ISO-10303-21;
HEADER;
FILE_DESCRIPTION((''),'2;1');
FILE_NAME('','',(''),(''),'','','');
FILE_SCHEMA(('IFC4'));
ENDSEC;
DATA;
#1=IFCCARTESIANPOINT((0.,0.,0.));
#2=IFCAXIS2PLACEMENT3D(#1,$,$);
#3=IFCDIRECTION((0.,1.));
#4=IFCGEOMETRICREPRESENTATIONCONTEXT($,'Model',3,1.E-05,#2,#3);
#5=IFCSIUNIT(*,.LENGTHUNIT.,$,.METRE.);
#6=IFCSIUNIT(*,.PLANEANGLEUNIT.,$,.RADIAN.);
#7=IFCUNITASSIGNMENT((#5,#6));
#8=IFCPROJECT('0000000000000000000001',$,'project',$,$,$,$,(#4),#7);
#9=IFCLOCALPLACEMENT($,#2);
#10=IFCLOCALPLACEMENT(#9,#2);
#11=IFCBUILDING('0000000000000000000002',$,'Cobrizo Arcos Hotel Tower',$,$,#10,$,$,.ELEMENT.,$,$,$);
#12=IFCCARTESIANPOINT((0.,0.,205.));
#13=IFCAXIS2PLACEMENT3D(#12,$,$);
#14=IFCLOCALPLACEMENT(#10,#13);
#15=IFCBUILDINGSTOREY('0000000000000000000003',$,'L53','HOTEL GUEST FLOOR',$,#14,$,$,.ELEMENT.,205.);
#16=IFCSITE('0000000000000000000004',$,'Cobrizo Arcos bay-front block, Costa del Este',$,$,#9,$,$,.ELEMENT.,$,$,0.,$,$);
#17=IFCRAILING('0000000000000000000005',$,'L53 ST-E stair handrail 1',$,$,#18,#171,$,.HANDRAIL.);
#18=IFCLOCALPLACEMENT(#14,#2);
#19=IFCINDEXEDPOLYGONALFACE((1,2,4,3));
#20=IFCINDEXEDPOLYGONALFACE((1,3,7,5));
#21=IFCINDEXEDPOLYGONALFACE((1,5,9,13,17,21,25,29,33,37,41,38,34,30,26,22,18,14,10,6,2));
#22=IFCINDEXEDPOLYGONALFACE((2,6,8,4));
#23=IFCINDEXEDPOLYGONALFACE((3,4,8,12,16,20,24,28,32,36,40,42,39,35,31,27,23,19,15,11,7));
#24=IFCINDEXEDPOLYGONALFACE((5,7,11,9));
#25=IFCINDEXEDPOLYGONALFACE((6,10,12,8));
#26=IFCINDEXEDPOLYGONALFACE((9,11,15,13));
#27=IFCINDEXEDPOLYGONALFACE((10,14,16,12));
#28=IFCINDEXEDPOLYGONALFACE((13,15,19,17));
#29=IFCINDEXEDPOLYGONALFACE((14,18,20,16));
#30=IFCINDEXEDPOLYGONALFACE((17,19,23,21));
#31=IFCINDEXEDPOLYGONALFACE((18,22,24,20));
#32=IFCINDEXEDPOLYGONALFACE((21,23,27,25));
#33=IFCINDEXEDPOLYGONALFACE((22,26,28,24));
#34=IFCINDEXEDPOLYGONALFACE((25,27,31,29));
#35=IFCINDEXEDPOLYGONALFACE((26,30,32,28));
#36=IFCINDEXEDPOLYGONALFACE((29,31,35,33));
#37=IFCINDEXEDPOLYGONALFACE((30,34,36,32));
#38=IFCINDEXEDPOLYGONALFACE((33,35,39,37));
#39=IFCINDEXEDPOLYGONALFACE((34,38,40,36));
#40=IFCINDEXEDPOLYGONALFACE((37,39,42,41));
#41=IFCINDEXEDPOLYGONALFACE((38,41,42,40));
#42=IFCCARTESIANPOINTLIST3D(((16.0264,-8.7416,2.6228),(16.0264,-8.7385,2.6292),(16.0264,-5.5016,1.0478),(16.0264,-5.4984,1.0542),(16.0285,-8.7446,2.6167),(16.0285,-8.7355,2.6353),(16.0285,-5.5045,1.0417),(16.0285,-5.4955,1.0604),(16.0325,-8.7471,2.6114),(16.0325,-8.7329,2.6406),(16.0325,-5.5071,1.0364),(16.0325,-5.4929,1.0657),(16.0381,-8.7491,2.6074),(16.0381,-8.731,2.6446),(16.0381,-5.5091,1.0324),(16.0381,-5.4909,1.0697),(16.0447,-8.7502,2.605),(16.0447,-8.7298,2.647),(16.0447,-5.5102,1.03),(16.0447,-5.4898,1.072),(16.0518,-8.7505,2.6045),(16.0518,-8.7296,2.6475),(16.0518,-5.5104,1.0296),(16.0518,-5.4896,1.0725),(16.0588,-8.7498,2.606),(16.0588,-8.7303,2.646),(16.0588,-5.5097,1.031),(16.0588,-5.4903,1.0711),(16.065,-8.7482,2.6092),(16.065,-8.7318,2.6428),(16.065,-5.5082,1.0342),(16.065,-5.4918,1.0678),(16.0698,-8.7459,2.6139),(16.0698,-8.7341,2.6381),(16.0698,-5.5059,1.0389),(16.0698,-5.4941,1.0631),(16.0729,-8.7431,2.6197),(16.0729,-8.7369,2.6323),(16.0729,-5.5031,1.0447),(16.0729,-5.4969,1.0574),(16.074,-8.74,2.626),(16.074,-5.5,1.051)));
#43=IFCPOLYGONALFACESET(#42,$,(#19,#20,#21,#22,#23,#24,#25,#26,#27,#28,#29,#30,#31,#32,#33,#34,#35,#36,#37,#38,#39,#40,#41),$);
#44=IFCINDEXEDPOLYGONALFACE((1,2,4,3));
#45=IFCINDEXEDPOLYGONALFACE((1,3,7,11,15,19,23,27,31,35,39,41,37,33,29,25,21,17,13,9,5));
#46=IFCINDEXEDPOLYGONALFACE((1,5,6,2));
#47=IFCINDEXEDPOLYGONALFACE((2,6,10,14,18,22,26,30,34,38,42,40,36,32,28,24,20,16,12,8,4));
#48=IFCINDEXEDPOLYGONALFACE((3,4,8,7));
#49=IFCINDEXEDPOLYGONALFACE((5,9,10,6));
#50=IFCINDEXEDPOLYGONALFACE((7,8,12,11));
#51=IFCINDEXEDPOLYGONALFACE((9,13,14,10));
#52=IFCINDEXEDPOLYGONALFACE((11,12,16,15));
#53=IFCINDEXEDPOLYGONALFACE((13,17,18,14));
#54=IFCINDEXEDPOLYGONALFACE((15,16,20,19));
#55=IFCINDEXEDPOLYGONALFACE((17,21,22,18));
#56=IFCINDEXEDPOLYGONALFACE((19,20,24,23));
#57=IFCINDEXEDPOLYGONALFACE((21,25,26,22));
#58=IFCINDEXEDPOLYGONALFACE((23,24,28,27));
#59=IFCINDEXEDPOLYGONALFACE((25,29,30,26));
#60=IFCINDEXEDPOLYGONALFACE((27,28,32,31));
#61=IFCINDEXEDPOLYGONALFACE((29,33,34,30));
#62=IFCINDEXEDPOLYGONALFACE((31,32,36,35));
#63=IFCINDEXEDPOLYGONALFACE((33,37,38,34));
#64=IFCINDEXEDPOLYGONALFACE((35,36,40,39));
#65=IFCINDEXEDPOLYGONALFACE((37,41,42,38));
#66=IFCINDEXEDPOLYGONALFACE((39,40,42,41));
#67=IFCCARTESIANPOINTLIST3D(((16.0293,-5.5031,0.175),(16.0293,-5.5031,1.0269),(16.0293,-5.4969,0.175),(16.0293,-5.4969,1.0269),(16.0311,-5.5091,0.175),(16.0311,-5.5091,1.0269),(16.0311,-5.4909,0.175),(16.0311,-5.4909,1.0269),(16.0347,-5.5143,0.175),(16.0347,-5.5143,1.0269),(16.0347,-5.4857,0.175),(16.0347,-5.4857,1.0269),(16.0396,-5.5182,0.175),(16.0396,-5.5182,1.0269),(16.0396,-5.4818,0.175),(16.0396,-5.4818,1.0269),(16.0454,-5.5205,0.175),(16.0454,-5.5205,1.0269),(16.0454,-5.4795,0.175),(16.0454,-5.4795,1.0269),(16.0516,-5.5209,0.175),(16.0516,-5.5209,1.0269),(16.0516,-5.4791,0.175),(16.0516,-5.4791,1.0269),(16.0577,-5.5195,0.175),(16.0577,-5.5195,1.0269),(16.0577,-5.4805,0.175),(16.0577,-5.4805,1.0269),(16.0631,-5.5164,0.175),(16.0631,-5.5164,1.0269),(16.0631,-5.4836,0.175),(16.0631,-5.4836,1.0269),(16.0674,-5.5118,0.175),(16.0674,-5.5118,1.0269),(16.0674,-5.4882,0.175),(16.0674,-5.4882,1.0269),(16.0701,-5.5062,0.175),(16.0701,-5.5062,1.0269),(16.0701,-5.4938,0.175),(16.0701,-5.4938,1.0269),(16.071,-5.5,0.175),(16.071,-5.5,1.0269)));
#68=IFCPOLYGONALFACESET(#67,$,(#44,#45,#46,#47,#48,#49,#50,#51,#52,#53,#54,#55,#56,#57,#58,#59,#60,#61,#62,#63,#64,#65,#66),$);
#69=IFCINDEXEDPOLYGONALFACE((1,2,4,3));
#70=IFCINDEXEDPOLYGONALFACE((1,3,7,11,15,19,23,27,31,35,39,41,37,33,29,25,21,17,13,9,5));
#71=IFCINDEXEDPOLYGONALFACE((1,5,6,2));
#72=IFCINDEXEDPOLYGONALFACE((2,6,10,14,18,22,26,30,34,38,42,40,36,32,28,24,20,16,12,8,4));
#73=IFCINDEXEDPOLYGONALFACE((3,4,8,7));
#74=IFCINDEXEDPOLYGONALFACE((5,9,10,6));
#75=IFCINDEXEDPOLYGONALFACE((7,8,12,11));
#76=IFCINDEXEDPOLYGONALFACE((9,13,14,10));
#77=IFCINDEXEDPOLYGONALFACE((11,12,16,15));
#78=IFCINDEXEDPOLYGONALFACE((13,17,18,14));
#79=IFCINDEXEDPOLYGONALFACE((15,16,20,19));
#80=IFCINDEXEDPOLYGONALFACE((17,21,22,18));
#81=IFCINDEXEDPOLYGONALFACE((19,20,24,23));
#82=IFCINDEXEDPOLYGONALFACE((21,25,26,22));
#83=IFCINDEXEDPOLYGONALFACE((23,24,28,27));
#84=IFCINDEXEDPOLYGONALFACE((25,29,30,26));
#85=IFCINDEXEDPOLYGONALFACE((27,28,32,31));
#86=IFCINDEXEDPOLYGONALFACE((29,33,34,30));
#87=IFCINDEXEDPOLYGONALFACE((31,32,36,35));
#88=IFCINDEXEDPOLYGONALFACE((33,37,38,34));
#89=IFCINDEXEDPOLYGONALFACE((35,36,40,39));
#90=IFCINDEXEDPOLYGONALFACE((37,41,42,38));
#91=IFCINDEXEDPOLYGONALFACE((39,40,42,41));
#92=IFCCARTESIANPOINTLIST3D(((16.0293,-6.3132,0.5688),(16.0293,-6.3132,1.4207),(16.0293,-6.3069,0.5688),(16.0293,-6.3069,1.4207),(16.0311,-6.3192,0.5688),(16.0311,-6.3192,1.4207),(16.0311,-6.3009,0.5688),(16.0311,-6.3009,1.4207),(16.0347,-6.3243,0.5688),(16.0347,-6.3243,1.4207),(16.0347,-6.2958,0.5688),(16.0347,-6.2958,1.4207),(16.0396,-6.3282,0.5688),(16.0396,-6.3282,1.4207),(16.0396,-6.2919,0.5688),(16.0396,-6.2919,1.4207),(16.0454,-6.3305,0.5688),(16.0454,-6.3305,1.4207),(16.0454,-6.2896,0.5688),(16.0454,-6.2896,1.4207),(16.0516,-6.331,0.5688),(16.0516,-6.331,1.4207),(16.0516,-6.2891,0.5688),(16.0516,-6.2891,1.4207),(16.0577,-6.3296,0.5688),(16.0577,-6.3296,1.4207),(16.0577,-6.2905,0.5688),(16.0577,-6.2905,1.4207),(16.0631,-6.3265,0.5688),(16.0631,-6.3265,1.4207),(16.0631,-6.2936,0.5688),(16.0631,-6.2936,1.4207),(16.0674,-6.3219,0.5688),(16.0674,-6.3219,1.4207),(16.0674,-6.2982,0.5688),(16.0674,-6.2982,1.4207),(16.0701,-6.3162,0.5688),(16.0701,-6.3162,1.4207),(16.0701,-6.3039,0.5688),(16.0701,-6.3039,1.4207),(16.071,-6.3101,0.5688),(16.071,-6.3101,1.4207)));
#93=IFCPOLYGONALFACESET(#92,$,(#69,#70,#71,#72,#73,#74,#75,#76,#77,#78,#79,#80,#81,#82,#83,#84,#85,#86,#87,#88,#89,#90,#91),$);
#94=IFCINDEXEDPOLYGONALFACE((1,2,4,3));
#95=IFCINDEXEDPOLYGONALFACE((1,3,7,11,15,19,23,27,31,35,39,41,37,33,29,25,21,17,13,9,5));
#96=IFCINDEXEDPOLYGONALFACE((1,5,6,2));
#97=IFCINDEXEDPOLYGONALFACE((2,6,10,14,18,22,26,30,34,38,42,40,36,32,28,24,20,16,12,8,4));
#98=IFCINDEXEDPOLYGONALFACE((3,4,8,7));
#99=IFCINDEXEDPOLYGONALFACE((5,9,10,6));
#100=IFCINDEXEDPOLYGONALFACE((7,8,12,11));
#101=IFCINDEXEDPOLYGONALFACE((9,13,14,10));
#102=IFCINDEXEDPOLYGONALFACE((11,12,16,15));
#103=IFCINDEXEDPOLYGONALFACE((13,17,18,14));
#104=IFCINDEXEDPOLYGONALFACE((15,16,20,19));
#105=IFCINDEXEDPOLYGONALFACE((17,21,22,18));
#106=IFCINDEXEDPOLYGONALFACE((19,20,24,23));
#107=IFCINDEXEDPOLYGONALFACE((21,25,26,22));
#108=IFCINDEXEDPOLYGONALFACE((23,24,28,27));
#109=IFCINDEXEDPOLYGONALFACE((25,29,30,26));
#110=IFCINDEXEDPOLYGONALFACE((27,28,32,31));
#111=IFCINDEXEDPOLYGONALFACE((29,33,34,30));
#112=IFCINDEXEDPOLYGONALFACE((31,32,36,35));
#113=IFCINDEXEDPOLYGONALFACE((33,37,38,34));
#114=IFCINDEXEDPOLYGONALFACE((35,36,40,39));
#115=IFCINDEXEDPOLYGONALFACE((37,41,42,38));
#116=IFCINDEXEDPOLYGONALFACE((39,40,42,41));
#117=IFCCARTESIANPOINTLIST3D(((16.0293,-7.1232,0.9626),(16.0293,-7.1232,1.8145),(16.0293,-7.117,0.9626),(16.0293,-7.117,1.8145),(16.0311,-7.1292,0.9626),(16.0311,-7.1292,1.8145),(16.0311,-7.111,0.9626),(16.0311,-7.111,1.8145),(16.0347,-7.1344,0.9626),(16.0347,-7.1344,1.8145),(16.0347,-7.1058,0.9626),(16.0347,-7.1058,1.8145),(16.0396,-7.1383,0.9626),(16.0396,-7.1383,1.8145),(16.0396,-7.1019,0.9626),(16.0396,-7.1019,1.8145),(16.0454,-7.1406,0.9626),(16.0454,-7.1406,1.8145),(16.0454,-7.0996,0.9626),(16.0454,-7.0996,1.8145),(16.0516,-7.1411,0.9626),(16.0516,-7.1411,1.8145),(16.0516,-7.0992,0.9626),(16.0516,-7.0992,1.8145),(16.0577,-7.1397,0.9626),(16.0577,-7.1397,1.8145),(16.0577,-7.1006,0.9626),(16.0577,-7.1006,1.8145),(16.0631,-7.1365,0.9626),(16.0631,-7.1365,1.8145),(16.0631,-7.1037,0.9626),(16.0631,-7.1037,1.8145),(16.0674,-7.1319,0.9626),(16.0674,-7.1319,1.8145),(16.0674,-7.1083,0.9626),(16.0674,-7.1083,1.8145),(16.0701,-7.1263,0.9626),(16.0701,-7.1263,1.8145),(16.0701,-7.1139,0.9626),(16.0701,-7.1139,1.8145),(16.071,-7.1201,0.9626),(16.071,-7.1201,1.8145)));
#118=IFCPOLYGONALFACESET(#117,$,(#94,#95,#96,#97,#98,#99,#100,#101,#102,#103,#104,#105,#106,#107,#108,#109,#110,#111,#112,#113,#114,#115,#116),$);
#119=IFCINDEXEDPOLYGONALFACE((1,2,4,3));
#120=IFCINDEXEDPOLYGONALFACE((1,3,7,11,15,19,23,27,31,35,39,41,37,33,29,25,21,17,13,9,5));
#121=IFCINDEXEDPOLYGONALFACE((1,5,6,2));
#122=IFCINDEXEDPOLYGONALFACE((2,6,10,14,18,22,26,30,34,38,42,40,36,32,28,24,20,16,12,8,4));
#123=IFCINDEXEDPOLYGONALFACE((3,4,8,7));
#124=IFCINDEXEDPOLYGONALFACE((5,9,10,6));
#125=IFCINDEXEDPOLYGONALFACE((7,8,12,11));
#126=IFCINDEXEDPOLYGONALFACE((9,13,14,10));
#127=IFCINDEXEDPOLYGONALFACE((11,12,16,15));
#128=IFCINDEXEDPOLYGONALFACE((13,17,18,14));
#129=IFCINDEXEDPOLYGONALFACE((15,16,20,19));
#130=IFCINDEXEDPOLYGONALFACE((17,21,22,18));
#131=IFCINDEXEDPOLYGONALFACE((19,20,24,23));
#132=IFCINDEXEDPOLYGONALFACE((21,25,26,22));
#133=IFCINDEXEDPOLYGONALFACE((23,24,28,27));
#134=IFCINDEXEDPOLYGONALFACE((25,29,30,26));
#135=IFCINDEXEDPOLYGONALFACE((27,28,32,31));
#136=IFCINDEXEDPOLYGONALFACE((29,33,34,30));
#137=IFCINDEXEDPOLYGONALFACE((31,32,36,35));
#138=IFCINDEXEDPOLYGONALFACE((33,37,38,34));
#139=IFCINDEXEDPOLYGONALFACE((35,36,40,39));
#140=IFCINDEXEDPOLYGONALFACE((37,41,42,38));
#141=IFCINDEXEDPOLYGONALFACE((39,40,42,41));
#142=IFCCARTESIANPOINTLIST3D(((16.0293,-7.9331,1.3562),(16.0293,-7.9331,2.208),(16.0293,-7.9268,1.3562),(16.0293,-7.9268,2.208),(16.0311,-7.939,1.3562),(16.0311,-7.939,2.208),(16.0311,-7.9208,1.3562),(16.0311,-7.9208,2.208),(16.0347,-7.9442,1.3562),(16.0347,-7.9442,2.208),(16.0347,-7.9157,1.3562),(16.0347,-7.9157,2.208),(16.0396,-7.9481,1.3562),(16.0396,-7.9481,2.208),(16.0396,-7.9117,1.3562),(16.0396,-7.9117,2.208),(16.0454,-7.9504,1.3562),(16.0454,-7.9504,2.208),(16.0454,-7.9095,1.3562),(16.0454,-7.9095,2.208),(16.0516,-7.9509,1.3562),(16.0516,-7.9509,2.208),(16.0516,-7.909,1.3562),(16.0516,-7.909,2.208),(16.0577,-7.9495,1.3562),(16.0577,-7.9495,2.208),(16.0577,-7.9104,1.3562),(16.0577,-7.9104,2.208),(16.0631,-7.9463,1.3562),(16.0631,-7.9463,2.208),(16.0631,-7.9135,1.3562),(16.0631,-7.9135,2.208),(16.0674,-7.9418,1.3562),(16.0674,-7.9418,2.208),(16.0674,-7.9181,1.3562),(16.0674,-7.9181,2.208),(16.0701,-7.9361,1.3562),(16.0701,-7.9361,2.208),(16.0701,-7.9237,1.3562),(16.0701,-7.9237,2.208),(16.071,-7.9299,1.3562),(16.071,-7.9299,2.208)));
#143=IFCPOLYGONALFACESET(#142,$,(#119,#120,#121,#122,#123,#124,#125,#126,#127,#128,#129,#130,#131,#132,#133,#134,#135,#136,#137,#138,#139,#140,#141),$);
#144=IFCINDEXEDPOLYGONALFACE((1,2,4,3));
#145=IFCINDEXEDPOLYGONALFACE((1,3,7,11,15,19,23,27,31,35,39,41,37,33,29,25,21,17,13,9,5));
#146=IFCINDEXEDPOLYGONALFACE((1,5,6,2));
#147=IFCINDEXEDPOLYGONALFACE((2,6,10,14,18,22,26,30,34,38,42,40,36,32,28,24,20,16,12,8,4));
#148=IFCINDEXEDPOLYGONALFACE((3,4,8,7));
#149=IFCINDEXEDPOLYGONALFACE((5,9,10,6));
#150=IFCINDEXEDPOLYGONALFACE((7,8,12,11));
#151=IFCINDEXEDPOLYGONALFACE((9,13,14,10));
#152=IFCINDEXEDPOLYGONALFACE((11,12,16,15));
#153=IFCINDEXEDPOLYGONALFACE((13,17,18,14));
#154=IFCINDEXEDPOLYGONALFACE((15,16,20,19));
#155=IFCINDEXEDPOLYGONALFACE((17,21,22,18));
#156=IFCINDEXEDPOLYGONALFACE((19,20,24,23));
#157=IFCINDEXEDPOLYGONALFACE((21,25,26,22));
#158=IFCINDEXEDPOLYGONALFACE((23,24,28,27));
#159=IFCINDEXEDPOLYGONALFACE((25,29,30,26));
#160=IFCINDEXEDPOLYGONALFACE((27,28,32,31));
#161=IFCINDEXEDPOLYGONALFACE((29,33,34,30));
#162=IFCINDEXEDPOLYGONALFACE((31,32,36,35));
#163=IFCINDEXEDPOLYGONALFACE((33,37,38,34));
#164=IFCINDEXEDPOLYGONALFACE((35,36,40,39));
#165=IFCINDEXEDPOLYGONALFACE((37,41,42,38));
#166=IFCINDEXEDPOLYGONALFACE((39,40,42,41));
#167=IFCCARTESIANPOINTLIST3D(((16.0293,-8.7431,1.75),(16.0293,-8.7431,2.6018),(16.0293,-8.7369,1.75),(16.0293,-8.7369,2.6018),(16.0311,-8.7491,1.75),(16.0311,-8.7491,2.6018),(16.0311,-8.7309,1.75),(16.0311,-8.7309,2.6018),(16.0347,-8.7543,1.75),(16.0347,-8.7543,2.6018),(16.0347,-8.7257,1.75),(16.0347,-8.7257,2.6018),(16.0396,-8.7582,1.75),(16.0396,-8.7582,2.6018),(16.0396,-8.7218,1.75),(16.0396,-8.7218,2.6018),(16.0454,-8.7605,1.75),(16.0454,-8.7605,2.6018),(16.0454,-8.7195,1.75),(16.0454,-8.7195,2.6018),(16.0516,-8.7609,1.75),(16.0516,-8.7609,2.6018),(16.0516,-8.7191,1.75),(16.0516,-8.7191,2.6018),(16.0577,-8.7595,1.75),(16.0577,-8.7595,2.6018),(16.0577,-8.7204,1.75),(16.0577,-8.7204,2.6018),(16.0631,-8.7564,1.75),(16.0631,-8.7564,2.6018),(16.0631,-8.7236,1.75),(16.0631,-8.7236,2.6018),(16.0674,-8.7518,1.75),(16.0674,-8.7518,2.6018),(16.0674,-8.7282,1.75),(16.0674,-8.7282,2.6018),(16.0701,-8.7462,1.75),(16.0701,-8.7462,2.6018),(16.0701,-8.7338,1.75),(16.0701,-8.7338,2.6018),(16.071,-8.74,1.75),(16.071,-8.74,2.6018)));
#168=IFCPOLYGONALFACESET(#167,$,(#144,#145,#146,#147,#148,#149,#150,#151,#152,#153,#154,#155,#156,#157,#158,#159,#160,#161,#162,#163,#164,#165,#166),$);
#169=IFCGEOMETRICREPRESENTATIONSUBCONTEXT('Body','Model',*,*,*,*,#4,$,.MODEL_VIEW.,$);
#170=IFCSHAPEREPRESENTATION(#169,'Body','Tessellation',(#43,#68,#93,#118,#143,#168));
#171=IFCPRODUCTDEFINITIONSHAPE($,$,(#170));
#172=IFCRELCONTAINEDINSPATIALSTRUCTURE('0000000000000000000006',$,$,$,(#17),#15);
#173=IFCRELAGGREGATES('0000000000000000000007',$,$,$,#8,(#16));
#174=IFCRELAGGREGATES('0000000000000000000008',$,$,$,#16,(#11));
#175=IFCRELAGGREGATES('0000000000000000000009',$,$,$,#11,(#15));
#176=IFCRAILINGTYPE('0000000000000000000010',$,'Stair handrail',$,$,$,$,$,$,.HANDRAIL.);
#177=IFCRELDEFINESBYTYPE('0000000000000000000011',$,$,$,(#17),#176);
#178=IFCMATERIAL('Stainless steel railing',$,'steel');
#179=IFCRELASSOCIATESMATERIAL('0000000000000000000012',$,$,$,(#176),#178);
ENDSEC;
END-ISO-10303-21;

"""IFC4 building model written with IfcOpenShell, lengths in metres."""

from ifc_helpers import new_model, si_unit, direction, frame, origin, origin_2d, place, context, subcontext, project, spatial, circle, extrude, material, type_object, element, save


model = new_model("IFC4")

# Units and contexts
model_context = context("Model", 3, precision=1e-05, world=origin(), true_north=direction((0.0, 1.0)))
body_context = subcontext(model_context, "Body", "Model", "MODEL_VIEW")
ifc_project = project(units=[si_unit("LENGTHUNIT", "METRE"), si_unit("PLANEANGLEUNIT", "RADIAN")], contexts=[model_context])

# Site, building, storey
site_placement = place(None, origin())
site = spatial("IfcSite", under=ifc_project, at=site_placement, Name="Cobrizo Arcos bay-front block, Costa del Este", CompositionType="ELEMENT", RefElevation=0.0)
building_placement = place(site_placement, origin())
building = spatial("IfcBuilding", under=site, at=building_placement, Name="Cobrizo Arcos Hotel Tower", CompositionType="ELEMENT")
storey_placement = place(building_placement, frame((0.0, 0.0, 205.0)))
storey = spatial("IfcBuildingStorey", under=building, at=storey_placement, Name="L53", Description="HOTEL GUEST FLOOR", CompositionType="ELEMENT", Elevation=205.0)

# Railing
ifc_material_1 = material(Name="Stainless steel railing", Category="steel")
railing_type_1 = type_object("IfcRailingType", Name="Stair handrail", PredefinedType="HANDRAIL", material=ifc_material_1)
railing_1_placement = place(storey_placement, frame((16.05, -5.5, 0.175)))
element("IfcRailing", 1, at=railing_1_placement, inside=storey, type_object=railing_type_1, Name="L53 ST-E stair handrail 1", PredefinedType="HANDRAIL", context=body_context, shape_type="SweptSolid", body=[
    extrude(circle(Radius=0.0239, at=origin_2d()), frame((0.0, 0.0, 0.876), z_axis=(0.0, -0.899373, 0.437183), x_axis=(1.0, 0.0, 0.0)), (0.0, 0.0, 1.0), 3.6025),
    extrude(circle(Radius=0.021, at=origin_2d()), origin(), (0.0, 0.0, 1.0), 0.8518),
    extrude(circle(Radius=0.021, at=origin_2d()), frame((0.0, -0.8101, 0.3938)), (0.0, 0.0, 1.0), 0.8518),
    extrude(circle(Radius=0.021, at=origin_2d()), frame((0.0, -1.6201, 0.7876)), (0.0, 0.0, 1.0), 0.8518),
    extrude(circle(Radius=0.021, at=origin_2d()), frame((0.0, -2.4299, 1.1812)), (0.0, 0.0, 1.0), 0.8518),
    extrude(circle(Radius=0.021, at=origin_2d()), frame((0.0, -3.24, 1.575)), (0.0, 0.0, 1.0), 0.8518),
])

save(model, "model.ifc")
